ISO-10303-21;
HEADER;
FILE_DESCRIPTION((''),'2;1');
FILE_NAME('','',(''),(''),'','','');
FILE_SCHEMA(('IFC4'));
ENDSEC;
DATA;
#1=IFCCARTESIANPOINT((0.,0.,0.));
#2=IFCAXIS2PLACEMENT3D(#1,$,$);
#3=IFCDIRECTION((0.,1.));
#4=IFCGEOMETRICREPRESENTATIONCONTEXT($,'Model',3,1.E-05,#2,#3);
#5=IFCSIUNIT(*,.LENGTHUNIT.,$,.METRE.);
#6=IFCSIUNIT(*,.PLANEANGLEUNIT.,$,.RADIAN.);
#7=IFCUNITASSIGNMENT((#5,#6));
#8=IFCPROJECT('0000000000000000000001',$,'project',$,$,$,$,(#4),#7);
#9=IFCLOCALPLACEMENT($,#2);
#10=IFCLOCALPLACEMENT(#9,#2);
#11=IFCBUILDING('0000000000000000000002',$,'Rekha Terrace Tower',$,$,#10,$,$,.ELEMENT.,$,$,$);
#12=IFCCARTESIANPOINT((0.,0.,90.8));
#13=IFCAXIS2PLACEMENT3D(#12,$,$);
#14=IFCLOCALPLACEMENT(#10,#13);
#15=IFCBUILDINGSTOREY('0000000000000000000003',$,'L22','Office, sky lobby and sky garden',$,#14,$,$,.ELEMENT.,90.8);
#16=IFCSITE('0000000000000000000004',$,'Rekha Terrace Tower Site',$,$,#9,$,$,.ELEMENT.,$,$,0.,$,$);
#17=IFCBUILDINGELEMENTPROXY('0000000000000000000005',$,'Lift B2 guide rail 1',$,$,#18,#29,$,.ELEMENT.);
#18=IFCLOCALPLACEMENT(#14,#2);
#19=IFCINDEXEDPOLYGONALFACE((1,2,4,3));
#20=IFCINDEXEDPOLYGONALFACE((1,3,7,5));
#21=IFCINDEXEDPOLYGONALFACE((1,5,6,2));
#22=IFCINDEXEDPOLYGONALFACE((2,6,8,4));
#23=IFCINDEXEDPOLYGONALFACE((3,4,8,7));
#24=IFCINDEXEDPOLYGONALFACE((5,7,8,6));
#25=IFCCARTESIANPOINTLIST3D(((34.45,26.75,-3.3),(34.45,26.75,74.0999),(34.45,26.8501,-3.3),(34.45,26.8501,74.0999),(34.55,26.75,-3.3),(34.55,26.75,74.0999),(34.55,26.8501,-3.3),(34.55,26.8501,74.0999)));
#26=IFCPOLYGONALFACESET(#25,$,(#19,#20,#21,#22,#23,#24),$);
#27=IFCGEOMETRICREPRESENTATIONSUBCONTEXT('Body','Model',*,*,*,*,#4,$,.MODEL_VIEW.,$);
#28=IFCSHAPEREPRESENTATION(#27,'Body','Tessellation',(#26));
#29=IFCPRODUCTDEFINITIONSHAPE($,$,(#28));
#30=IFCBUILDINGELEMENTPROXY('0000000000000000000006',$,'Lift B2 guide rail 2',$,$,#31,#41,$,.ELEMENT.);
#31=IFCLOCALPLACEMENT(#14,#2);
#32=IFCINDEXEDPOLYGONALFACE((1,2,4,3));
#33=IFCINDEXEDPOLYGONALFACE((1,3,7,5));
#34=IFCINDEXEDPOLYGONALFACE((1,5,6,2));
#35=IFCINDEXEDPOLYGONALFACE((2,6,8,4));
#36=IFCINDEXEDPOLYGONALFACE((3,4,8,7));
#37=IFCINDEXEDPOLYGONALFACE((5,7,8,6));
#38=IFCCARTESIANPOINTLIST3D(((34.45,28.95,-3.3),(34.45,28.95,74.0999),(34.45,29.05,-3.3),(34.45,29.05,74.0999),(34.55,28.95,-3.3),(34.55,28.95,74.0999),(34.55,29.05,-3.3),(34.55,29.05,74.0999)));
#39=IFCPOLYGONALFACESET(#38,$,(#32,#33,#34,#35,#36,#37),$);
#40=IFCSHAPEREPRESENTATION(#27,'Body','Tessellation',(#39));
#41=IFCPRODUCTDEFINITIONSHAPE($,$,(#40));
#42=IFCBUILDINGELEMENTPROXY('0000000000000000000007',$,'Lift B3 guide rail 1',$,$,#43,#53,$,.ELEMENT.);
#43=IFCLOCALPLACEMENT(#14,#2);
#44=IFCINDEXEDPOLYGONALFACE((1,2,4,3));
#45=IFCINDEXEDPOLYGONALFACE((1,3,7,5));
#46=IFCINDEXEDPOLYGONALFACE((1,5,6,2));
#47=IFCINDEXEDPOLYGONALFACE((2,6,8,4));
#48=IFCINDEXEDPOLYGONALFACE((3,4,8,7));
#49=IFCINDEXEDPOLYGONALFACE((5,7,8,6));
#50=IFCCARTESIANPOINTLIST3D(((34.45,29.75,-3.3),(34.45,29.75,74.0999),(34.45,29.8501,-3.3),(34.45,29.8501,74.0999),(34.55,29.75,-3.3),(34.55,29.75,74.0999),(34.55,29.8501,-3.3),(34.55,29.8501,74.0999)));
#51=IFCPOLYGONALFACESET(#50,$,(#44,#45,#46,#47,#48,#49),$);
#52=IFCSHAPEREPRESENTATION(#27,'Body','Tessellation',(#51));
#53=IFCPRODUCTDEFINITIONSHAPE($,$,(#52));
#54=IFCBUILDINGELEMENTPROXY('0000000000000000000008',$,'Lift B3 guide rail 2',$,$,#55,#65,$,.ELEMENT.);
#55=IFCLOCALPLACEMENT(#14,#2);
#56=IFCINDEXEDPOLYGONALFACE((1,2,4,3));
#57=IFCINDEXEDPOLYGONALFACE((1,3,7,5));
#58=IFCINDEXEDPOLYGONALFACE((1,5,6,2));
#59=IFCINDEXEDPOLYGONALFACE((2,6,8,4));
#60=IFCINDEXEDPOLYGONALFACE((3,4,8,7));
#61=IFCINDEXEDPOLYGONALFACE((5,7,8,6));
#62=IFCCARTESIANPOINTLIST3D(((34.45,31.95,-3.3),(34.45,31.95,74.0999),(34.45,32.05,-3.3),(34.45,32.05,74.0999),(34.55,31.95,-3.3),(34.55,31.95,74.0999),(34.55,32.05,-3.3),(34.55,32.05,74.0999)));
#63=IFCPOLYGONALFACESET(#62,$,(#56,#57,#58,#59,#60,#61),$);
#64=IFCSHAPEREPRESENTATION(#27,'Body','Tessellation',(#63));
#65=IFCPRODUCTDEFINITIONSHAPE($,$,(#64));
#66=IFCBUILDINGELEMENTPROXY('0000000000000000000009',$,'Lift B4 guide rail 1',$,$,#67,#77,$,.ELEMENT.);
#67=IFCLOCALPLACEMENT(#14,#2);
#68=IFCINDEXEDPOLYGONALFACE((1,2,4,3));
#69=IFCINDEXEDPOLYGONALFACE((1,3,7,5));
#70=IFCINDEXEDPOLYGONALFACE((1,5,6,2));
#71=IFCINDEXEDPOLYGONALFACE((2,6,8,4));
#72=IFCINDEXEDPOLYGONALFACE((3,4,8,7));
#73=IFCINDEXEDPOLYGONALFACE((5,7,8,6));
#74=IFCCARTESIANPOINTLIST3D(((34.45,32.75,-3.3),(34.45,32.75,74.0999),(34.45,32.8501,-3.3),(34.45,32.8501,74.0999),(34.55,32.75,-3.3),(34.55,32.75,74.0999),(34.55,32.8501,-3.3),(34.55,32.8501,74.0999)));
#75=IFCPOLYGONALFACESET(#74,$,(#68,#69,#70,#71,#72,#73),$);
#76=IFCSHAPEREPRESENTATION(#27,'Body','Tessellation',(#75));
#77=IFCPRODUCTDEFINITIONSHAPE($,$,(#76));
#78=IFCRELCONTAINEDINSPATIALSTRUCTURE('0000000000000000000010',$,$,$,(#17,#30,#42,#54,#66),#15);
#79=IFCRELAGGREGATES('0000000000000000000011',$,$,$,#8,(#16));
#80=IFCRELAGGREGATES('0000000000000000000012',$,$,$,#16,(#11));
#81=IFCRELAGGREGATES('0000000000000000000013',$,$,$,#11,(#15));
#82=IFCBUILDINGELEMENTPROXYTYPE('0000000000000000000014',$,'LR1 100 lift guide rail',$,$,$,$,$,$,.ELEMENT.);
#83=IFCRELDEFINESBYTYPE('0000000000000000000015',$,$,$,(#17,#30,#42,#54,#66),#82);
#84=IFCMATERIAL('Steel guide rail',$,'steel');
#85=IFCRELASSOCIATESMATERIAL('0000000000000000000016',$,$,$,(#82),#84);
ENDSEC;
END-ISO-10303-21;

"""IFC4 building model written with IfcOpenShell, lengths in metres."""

from ifc_helpers import new_model, si_unit, direction, frame, origin, origin_2d, place, context, subcontext, project, spatial, rectangle, extrude, material, type_object, element, save


model = new_model("IFC4")

# Units and contexts
model_context = context("Model", 3, precision=1e-05, world=origin(), true_north=direction((0.0, 1.0)))
body_context = subcontext(model_context, "Body", "Model", "MODEL_VIEW")
ifc_project = project(units=[si_unit("LENGTHUNIT", "METRE"), si_unit("PLANEANGLEUNIT", "RADIAN")], contexts=[model_context])

# Site, building, storey
site_placement = place(None, origin())
site = spatial("IfcSite", under=ifc_project, at=site_placement, Name="Rekha Terrace Tower Site", CompositionType="ELEMENT", RefElevation=0.0)
building_placement = place(site_placement, origin())
building = spatial("IfcBuilding", under=site, at=building_placement, Name="Rekha Terrace Tower", CompositionType="ELEMENT")
storey_placement = place(building_placement, frame((0.0, 0.0, 90.8)))
storey = spatial("IfcBuildingStorey", under=building, at=storey_placement, Name="L22", Description="Office, sky lobby and sky garden", CompositionType="ELEMENT", Elevation=90.8)

# Building element proxies
ifc_material_1 = material(Name="Steel guide rail", Category="steel")
building_element_proxy_type = type_object("IfcBuildingElementProxyType", Name="LR1 100 lift guide rail", PredefinedType="ELEMENT", material=ifc_material_1)
for number, where, z_axis, x_axis, name in (
    (1, (34.5, 26.8, -3.3), (0.0, 0.0, 1.0), (1.0, 0.0, 0.0), "Lift B2 guide rail 1"),
    (2, (34.5, 29.0, -3.3), (0.0, 0.0, 1.0), (1.0, 0.0, 0.0), "Lift B2 guide rail 2"),
    (3, (34.5, 29.8, -3.3), (0.0, 0.0, 1.0), (1.0, 0.0, 0.0), "Lift B3 guide rail 1"),
    (4, (34.5, 32.0, -3.3), (0.0, 0.0, 1.0), (1.0, 0.0, 0.0), "Lift B3 guide rail 2"),
    (5, (34.5, 32.8, -3.3), (0.0, 0.0, 1.0), (1.0, 0.0, 0.0), "Lift B4 guide rail 1"),
):
    element("IfcBuildingElementProxy", number, at=place(storey_placement, frame(where, z_axis=z_axis, x_axis=x_axis)), inside=storey, type_object=building_element_proxy_type, Name=name, PredefinedType="ELEMENT", context=body_context, shape_type="SweptSolid", body=[
        extrude(rectangle(XDim=0.1001, YDim=0.1001, at=origin_2d()), origin(), (0.0, 0.0, 1.0), 77.3999),
    ])

save(model, "model.ifc")
